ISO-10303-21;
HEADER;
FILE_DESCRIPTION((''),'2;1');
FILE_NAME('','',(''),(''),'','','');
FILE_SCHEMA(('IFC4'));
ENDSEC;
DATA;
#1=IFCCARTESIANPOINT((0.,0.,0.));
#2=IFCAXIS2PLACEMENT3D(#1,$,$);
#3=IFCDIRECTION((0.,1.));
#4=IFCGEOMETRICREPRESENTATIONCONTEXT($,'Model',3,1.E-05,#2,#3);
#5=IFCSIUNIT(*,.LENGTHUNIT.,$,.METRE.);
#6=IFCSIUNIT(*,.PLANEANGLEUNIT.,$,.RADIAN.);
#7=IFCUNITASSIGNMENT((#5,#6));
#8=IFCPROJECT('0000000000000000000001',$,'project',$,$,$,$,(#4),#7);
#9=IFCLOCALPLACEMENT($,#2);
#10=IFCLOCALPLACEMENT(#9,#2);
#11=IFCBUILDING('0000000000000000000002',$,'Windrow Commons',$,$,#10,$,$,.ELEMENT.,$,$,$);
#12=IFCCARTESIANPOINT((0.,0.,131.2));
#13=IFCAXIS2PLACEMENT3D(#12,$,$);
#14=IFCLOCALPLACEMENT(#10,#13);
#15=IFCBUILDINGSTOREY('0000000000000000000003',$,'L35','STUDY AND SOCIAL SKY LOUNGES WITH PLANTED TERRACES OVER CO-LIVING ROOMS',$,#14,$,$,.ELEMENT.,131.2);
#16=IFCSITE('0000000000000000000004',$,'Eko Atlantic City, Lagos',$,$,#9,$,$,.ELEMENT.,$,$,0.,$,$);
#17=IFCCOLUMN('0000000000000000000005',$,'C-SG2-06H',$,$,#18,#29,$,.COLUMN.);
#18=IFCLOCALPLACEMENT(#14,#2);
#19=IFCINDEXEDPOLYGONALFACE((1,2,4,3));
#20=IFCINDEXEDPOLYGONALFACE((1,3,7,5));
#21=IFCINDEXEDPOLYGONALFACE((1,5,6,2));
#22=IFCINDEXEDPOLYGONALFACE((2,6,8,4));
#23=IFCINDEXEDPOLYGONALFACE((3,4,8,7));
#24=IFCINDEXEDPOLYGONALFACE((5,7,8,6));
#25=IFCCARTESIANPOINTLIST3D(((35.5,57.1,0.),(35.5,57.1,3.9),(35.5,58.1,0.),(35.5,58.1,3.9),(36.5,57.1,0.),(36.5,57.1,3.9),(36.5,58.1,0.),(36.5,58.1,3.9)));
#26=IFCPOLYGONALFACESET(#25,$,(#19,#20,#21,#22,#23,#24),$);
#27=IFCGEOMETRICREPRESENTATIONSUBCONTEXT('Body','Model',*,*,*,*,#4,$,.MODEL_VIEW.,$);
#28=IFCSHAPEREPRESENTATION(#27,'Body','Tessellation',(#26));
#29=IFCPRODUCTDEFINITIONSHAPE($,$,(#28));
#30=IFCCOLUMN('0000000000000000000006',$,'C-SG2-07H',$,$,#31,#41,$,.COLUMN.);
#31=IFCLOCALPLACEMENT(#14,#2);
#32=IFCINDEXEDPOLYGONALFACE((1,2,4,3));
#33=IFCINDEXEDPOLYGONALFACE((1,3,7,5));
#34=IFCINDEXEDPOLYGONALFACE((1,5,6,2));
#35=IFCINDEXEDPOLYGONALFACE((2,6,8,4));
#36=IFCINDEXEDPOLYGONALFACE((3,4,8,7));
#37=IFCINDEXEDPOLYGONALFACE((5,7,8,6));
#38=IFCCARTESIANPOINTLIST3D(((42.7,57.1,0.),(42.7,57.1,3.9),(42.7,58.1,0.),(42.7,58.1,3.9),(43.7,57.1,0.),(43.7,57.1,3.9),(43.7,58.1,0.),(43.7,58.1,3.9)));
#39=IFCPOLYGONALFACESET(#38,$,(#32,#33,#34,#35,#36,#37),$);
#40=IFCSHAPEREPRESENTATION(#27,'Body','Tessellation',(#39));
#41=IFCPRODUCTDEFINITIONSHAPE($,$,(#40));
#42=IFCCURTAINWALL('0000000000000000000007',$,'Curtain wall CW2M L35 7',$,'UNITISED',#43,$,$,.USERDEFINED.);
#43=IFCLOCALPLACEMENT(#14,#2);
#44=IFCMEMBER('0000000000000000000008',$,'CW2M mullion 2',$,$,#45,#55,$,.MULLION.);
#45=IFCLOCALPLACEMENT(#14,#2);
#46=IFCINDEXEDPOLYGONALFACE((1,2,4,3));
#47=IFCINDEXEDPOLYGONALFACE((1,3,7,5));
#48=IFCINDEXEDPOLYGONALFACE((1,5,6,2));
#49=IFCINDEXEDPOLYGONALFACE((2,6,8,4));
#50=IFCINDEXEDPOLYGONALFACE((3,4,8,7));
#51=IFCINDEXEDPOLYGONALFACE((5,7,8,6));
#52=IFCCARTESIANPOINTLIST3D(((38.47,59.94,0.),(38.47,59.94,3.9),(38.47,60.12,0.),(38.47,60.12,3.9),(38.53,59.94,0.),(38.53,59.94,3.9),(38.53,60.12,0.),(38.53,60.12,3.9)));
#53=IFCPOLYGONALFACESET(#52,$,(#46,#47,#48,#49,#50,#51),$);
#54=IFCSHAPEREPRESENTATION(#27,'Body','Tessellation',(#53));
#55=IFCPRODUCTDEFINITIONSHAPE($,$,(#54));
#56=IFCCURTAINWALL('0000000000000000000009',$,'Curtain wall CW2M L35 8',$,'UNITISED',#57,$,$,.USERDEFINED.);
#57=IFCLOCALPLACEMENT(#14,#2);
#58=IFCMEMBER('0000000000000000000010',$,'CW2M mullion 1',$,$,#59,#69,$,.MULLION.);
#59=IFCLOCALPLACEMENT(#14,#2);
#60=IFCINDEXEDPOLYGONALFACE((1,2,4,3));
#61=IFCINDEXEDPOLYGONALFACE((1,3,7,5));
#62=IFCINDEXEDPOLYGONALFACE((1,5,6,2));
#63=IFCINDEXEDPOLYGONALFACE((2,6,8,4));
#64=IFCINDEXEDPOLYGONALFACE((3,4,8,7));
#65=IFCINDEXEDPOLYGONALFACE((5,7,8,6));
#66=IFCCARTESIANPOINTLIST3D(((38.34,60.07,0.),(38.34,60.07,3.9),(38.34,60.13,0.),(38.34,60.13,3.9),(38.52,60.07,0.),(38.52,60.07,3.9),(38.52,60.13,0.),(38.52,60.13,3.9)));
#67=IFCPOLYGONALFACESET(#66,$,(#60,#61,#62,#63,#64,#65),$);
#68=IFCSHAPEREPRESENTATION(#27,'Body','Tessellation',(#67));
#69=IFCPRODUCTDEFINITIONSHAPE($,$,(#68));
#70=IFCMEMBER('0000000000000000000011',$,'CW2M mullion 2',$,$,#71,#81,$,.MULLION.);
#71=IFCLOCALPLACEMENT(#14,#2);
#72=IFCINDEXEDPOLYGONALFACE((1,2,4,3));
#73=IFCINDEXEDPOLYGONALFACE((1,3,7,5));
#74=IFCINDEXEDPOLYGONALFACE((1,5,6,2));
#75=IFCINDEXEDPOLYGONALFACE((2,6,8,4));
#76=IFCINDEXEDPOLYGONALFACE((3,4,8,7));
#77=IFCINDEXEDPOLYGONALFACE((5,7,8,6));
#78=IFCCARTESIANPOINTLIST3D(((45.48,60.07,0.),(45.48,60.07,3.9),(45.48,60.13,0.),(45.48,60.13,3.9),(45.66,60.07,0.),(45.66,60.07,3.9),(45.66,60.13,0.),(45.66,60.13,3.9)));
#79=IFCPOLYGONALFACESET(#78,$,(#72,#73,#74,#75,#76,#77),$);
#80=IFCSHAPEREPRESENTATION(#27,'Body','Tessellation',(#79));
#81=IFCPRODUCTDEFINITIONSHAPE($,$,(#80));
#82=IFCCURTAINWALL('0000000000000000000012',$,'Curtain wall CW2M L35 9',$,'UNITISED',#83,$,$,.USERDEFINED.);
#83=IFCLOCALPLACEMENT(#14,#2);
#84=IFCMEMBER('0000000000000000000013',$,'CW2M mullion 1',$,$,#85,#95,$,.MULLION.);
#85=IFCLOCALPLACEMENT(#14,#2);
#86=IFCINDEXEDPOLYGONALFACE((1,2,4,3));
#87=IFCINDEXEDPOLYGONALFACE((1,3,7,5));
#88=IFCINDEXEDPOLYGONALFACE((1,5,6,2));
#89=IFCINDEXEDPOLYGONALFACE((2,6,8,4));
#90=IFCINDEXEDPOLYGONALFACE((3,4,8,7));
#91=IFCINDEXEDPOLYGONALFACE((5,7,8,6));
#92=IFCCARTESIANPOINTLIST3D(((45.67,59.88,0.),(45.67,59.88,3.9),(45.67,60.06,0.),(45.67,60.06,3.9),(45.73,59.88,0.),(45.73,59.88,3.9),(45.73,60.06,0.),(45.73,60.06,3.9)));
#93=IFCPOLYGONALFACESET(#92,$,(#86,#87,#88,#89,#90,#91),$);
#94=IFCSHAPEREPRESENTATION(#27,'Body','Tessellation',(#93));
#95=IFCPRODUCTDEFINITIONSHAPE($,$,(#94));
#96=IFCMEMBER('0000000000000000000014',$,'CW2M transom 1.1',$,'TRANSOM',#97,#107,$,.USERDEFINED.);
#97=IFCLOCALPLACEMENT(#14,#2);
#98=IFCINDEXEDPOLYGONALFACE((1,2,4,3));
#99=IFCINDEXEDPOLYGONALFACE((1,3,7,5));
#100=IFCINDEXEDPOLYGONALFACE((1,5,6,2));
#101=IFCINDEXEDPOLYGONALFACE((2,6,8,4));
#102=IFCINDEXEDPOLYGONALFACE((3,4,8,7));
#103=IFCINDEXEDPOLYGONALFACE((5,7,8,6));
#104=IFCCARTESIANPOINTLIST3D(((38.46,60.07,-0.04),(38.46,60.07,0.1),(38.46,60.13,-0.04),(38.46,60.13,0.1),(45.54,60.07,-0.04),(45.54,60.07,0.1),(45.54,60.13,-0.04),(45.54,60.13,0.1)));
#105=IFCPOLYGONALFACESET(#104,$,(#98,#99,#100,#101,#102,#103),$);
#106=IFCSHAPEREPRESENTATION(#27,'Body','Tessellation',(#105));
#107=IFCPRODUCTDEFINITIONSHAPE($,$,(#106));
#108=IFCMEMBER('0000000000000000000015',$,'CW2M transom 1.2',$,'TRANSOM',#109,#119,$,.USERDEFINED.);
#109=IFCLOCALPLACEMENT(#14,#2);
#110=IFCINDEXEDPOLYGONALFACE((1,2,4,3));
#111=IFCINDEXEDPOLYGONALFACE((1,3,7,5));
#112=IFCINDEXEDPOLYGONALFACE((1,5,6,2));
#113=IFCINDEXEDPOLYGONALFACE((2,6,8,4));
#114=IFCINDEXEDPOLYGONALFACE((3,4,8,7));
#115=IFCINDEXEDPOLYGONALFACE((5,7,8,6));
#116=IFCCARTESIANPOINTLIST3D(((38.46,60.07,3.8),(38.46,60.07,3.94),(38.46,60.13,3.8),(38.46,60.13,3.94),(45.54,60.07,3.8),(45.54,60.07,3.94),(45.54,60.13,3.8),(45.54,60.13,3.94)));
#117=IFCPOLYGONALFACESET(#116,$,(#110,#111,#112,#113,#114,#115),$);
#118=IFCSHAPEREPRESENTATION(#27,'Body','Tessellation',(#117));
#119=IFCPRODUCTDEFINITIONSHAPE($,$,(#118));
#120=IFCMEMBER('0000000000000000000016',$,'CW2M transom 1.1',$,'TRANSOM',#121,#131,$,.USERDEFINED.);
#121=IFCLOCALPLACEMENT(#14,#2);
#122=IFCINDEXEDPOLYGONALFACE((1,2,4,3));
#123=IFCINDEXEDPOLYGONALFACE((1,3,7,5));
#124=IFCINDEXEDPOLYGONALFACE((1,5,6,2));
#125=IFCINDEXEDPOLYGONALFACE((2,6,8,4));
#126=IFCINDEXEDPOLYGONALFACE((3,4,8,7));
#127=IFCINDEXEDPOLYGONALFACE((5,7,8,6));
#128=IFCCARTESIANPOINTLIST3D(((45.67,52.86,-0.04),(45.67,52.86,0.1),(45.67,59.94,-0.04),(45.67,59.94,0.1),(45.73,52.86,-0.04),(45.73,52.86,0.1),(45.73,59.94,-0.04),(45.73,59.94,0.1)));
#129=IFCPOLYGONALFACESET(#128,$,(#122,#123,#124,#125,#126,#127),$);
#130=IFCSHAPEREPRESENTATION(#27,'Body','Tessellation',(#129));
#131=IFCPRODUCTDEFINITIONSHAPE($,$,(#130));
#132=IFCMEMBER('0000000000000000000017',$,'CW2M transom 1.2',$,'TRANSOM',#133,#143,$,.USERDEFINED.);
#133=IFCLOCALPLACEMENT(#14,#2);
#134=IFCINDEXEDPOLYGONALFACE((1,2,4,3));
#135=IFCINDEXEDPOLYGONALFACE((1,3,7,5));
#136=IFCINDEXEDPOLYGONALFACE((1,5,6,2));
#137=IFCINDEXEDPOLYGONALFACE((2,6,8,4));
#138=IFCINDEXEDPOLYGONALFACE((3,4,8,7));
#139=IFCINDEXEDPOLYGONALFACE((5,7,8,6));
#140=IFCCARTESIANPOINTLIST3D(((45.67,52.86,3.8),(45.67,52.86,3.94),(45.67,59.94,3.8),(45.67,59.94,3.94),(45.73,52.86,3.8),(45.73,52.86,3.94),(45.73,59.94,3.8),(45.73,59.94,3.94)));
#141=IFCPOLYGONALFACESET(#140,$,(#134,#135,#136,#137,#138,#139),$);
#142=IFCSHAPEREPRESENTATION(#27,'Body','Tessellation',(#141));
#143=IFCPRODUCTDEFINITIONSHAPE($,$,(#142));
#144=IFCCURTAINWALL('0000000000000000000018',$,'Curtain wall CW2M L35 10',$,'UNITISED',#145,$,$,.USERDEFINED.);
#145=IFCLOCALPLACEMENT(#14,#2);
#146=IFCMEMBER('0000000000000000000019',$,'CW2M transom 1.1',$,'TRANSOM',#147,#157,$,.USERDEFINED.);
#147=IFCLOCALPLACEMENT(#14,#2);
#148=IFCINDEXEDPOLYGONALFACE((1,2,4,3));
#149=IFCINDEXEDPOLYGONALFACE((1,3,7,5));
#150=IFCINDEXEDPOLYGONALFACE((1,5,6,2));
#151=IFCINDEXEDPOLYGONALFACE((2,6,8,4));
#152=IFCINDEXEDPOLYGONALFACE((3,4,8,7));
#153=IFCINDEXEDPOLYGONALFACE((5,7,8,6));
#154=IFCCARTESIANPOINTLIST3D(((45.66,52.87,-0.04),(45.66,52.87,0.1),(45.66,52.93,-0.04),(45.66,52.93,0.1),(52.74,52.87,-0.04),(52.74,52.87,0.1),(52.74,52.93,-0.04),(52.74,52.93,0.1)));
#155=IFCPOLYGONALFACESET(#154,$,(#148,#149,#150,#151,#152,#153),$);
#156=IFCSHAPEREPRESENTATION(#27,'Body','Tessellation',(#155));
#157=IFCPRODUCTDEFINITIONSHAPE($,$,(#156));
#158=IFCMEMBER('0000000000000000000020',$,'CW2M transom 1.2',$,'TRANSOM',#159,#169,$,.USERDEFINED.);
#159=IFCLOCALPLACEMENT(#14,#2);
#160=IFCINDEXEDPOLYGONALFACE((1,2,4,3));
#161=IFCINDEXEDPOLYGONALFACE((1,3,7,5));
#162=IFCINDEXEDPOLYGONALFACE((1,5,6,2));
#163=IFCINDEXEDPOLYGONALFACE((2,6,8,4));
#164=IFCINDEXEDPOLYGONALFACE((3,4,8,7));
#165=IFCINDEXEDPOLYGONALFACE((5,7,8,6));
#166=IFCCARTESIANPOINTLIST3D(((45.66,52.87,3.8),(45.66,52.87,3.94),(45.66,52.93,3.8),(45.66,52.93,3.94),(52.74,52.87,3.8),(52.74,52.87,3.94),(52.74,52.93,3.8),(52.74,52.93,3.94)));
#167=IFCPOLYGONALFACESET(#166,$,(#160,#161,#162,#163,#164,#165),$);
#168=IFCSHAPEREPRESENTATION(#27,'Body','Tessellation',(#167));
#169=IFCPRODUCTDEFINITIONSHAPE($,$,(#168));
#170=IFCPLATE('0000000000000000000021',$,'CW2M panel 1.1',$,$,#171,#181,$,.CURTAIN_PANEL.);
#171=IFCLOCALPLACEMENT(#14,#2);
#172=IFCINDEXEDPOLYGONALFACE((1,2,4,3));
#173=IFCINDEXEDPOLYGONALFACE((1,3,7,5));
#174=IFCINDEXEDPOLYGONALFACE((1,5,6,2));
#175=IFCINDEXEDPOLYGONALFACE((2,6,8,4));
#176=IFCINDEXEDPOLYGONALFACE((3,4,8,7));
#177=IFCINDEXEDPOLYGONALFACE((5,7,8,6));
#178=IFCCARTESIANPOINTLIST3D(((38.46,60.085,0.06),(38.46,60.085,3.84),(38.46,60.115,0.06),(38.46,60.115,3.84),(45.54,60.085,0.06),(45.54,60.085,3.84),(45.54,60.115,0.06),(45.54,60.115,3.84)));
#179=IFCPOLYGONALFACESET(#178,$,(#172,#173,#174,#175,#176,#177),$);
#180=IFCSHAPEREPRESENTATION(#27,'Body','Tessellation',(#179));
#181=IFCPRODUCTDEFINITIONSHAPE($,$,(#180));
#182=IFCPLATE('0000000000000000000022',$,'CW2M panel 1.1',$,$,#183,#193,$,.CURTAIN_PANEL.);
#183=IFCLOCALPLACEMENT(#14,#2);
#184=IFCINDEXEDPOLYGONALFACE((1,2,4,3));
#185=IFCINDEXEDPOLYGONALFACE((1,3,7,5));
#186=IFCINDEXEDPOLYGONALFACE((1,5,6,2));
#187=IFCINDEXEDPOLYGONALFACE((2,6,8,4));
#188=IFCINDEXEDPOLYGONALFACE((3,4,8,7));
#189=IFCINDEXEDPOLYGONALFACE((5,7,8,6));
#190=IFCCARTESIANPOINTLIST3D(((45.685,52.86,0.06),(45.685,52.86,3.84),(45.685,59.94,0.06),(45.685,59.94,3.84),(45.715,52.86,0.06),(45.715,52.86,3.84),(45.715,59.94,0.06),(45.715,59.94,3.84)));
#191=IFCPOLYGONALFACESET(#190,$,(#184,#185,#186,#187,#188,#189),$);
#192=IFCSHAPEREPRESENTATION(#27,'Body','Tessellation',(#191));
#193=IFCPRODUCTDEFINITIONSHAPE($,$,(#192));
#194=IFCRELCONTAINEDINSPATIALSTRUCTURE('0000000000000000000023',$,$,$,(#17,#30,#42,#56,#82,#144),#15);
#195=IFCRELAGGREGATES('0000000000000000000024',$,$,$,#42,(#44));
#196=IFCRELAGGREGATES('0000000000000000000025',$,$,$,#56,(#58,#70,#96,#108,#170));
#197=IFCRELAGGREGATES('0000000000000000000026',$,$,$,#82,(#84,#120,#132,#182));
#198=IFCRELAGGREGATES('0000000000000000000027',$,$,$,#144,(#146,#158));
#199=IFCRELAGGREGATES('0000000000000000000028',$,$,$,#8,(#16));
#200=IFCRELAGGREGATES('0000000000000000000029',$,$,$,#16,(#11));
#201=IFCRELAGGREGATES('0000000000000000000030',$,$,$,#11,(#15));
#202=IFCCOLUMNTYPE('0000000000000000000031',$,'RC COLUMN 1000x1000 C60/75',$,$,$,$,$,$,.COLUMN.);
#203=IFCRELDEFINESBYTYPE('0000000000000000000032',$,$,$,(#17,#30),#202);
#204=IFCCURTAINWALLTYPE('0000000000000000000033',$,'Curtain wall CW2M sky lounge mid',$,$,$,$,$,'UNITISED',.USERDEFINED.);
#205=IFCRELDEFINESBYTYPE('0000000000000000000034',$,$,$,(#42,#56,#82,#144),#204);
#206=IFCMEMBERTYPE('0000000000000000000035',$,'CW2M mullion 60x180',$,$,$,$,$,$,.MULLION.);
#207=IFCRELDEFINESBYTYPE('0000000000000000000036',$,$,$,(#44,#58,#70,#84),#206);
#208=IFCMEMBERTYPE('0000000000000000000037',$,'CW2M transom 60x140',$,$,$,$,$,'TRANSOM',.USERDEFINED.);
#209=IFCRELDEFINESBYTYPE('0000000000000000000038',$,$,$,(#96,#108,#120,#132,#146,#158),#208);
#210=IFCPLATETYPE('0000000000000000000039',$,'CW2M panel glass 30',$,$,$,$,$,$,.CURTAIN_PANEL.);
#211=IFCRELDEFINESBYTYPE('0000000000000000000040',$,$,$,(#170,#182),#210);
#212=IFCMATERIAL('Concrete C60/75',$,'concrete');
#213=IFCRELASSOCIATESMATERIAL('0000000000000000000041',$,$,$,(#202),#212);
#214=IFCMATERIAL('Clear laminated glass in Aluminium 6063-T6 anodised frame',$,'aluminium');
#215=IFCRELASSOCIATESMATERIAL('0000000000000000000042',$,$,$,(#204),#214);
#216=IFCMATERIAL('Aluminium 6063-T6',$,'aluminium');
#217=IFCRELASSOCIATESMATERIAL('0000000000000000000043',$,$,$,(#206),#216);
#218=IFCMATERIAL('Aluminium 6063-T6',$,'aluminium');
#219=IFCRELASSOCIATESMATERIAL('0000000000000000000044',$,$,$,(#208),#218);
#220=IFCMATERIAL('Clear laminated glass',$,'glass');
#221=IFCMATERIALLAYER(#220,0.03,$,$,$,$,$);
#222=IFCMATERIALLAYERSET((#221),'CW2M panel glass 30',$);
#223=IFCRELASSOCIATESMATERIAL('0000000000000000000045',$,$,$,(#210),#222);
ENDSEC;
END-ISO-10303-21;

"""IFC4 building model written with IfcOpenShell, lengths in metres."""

from ifc_helpers import new_model, si_unit, direction, frame, origin, origin_2d, place, context, subcontext, project, spatial, rectangle, extrude, material, layer, layer_set, material_profile, profile_set, type_object, element, aggregate, save


model = new_model("IFC4")

# Units and contexts
model_context = context("Model", 3, precision=1e-05, world=origin(), true_north=direction((0.0, 1.0)))
body_context = subcontext(model_context, "Body", "Model", "MODEL_VIEW")
ifc_project = project(units=[si_unit("LENGTHUNIT", "METRE"), si_unit("PLANEANGLEUNIT", "RADIAN")], contexts=[model_context])

# Site, building, storey
site_placement = place(None, origin())
site = spatial("IfcSite", under=ifc_project, at=site_placement, Name="Eko Atlantic City, Lagos", CompositionType="ELEMENT", RefElevation=0.0)
building_placement = place(site_placement, origin())
building = spatial("IfcBuilding", under=site, at=building_placement, Name="Windrow Commons", CompositionType="ELEMENT")
storey_placement = place(building_placement, frame((0.0, 0.0, 131.2)))
storey = spatial("IfcBuildingStorey", under=building, at=storey_placement, Name="L35", Description="STUDY AND SOCIAL SKY LOUNGES WITH PLANTED TERRACES OVER CO-LIVING ROOMS", CompositionType="ELEMENT", Elevation=131.2)

# Columns
ifc_material_1 = material(Name="Concrete C60/75", Category="concrete")
ifc_material_profile_1 = material_profile(ifc_material_1, rectangle(XDim=1.0, YDim=1.0, at=origin_2d()))
ifc_profile_set_1 = profile_set([ifc_material_profile_1], Name="Concrete C60/75")
column_type = type_object("IfcColumnType", Name="RC COLUMN 1000x1000 C60/75", PredefinedType="COLUMN", material=ifc_profile_set_1)
for number, where, z_axis, x_axis, name in (
    (1, (36.0, 57.6, 0.0), (0.0, 0.0, 1.0), (1.0, 0.0, 0.0), "C-SG2-06H"),
    (2, (43.2, 57.6, 0.0), (0.0, 0.0, 1.0), (1.0, 0.0, 0.0), "C-SG2-07H"),
):
    element("IfcColumn", number, at=place(storey_placement, frame(where, z_axis=z_axis, x_axis=x_axis)), inside=storey, type_object=column_type, Name=name, PredefinedType="COLUMN", context=body_context, shape_type="SweptSolid", body=[
        extrude(rectangle(XDim=1.0, YDim=1.0, at=origin_2d()), origin(), (0.0, 0.0, 1.0), 3.9),
    ])

# Curtain wall, member
ifc_material_2 = material(Name="Clear laminated glass in Aluminium 6063-T6 anodised frame", Category="aluminium")
curtain_wall_type = type_object("IfcCurtainWallType", Name="Curtain wall CW2M sky lounge mid", ElementType="UNITISED", PredefinedType="USERDEFINED", material=ifc_material_2)
placement = place(storey_placement, origin())
curtain_wall_1 = element("IfcCurtainWall", 3, at=placement, inside=storey, type_object=curtain_wall_type, Name="Curtain wall CW2M L35 7", ObjectType="UNITISED", PredefinedType="USERDEFINED")
ifc_material_3 = material(Name="Aluminium 6063-T6", Category="aluminium")
ifc_material_profile_2 = material_profile(ifc_material_3, rectangle(XDim=0.06, YDim=0.18, at=origin_2d()))
ifc_profile_set_2 = profile_set([ifc_material_profile_2], Name="Aluminium 6063-T6")
member_type_1 = type_object("IfcMemberType", Name="CW2M mullion 60x180", PredefinedType="MULLION", material=ifc_profile_set_2)
member_1_placement = place(storey_placement, frame((38.5, 60.03, 0.0), z_axis=(0.0, 0.0, 1.0), x_axis=(1.0, 0.0, 0.0)))
member_1 = element("IfcMember", 4, at=member_1_placement, type_object=member_type_1, Name="CW2M mullion 2", PredefinedType="MULLION", context=body_context, shape_type="SweptSolid", body=[
    extrude(rectangle(XDim=0.06, YDim=0.18, at=origin_2d()), origin(), (0.0, 0.0, 1.0), 3.9),
])
aggregate(curtain_wall_1, [member_1])

# Curtain wall, members
curtain_wall_2 = element("IfcCurtainWall", 5, at=placement, inside=storey, type_object=curtain_wall_type, Name="Curtain wall CW2M L35 8", ObjectType="UNITISED", PredefinedType="USERDEFINED")
member_2_placement = place(storey_placement, frame((38.43, 60.1, 0.0), z_axis=(0.0, 0.0, 1.0), x_axis=(0.0, 1.0, 0.0)))
member_2 = element("IfcMember", 6, at=member_2_placement, type_object=member_type_1, Name="CW2M mullion 1", PredefinedType="MULLION", context=body_context, shape_type="SweptSolid", body=[
    extrude(rectangle(XDim=0.06, YDim=0.18, at=origin_2d()), origin(), (0.0, 0.0, 1.0), 3.9),
])
member_3_placement = place(storey_placement, frame((45.57, 60.1, 0.0), z_axis=(0.0, 0.0, 1.0), x_axis=(0.0, 1.0, 0.0)))
member_3 = element("IfcMember", 7, at=member_3_placement, type_object=member_type_1, Name="CW2M mullion 2", PredefinedType="MULLION", context=body_context, shape_type="SweptSolid", body=[
    extrude(rectangle(XDim=0.06, YDim=0.18, at=origin_2d()), origin(), (0.0, 0.0, 1.0), 3.9),
])

# Curtain wall, member
curtain_wall_3 = element("IfcCurtainWall", 8, at=placement, inside=storey, type_object=curtain_wall_type, Name="Curtain wall CW2M L35 9", ObjectType="UNITISED", PredefinedType="USERDEFINED")
member_4_placement = place(storey_placement, frame((45.7, 59.97, 0.0), z_axis=(0.0, 0.0, 1.0), x_axis=(1.0, 0.0, 0.0)))
member_4 = element("IfcMember", 9, at=member_4_placement, type_object=member_type_1, Name="CW2M mullion 1", PredefinedType="MULLION", context=body_context, shape_type="SweptSolid", body=[
    extrude(rectangle(XDim=0.06, YDim=0.18, at=origin_2d()), origin(), (0.0, 0.0, 1.0), 3.9),
])

# Members
ifc_material_4 = material(Name="Aluminium 6063-T6", Category="aluminium")
ifc_material_profile_3 = material_profile(ifc_material_4, rectangle(XDim=0.06, YDim=0.14, at=origin_2d()))
ifc_profile_set_3 = profile_set([ifc_material_profile_3], Name="Aluminium 6063-T6")
member_type_2 = type_object("IfcMemberType", Name="CW2M transom 60x140", ElementType="TRANSOM", PredefinedType="USERDEFINED", material=ifc_profile_set_3)
member_5_placement = place(storey_placement, frame((38.46, 60.1, 0.03), z_axis=(1.0, 0.0, 0.0), x_axis=(0.0, 1.0, 0.0)))
member_5 = element("IfcMember", 10, at=member_5_placement, type_object=member_type_2, Name="CW2M transom 1.1", ObjectType="TRANSOM", PredefinedType="USERDEFINED", context=body_context, shape_type="SweptSolid", body=[
    extrude(rectangle(XDim=0.06, YDim=0.14, at=origin_2d()), origin(), (0.0, 0.0, 1.0), 7.08),
])
member_6_placement = place(storey_placement, frame((38.46, 60.1, 3.87), z_axis=(1.0, 0.0, 0.0), x_axis=(0.0, 1.0, 0.0)))
member_6 = element("IfcMember", 11, at=member_6_placement, type_object=member_type_2, Name="CW2M transom 1.2", ObjectType="TRANSOM", PredefinedType="USERDEFINED", context=body_context, shape_type="SweptSolid", body=[
    extrude(rectangle(XDim=0.06, YDim=0.14, at=origin_2d()), origin(), (0.0, 0.0, 1.0), 7.08),
])
member_7_placement = place(storey_placement, frame((45.7, 59.94, 0.03), z_axis=(0.0, -1.0, 0.0), x_axis=(1.0, 0.0, 0.0)))
member_7 = element("IfcMember", 12, at=member_7_placement, type_object=member_type_2, Name="CW2M transom 1.1", ObjectType="TRANSOM", PredefinedType="USERDEFINED", context=body_context, shape_type="SweptSolid", body=[
    extrude(rectangle(XDim=0.06, YDim=0.14, at=origin_2d()), origin(), (0.0, 0.0, 1.0), 7.08),
])
member_8_placement = place(storey_placement, frame((45.7, 59.94, 3.87), z_axis=(0.0, -1.0, 0.0), x_axis=(1.0, 0.0, 0.0)))
member_8 = element("IfcMember", 13, at=member_8_placement, type_object=member_type_2, Name="CW2M transom 1.2", ObjectType="TRANSOM", PredefinedType="USERDEFINED", context=body_context, shape_type="SweptSolid", body=[
    extrude(rectangle(XDim=0.06, YDim=0.14, at=origin_2d()), origin(), (0.0, 0.0, 1.0), 7.08),
])

# Curtain wall, members
curtain_wall_4 = element("IfcCurtainWall", 14, at=placement, inside=storey, type_object=curtain_wall_type, Name="Curtain wall CW2M L35 10", ObjectType="UNITISED", PredefinedType="USERDEFINED")
member_9_placement = place(storey_placement, frame((45.66, 52.9, 0.03), z_axis=(1.0, 0.0, 0.0), x_axis=(0.0, 1.0, 0.0)))
member_9 = element("IfcMember", 15, at=member_9_placement, type_object=member_type_2, Name="CW2M transom 1.1", ObjectType="TRANSOM", PredefinedType="USERDEFINED", context=body_context, shape_type="SweptSolid", body=[
    extrude(rectangle(XDim=0.06, YDim=0.14, at=origin_2d()), origin(), (0.0, 0.0, 1.0), 7.08),
])
member_10_placement = place(storey_placement, frame((45.66, 52.9, 3.87), z_axis=(1.0, 0.0, 0.0), x_axis=(0.0, 1.0, 0.0)))
member_10 = element("IfcMember", 16, at=member_10_placement, type_object=member_type_2, Name="CW2M transom 1.2", ObjectType="TRANSOM", PredefinedType="USERDEFINED", context=body_context, shape_type="SweptSolid", body=[
    extrude(rectangle(XDim=0.06, YDim=0.14, at=origin_2d()), origin(), (0.0, 0.0, 1.0), 7.08),
])

# Plates
ifc_material_5 = material(Name="Clear laminated glass", Category="glass")
ifc_layer_1 = layer(ifc_material_5, 0.03)
ifc_layer_set_1 = layer_set([ifc_layer_1], Name="CW2M panel glass 30")
plate_type = type_object("IfcPlateType", Name="CW2M panel glass 30", PredefinedType="CURTAIN_PANEL", material=ifc_layer_set_1)
plate_1_placement = place(storey_placement, frame((42.0, 60.1, 0.06), z_axis=(0.0, 0.0, 1.0), x_axis=(1.0, 0.0, 0.0)))
plate_1 = element("IfcPlate", 17, at=plate_1_placement, type_object=plate_type, Name="CW2M panel 1.1", PredefinedType="CURTAIN_PANEL", context=body_context, shape_type="SweptSolid", body=[
    extrude(rectangle(XDim=7.08, YDim=0.03, at=origin_2d()), origin(), (0.0, 0.0, 1.0), 3.78),
])
aggregate(curtain_wall_2, [member_2, member_3, member_5, member_6, plate_1])
plate_2_placement = place(storey_placement, frame((45.7, 56.4, 0.06), z_axis=(0.0, 0.0, 1.0), x_axis=(0.0, -1.0, 0.0)))
plate_2 = element("IfcPlate", 18, at=plate_2_placement, type_object=plate_type, Name="CW2M panel 1.1", PredefinedType="CURTAIN_PANEL", context=body_context, shape_type="SweptSolid", body=[
    extrude(rectangle(XDim=7.08, YDim=0.03, at=origin_2d()), origin(), (0.0, 0.0, 1.0), 3.78),
])
aggregate(curtain_wall_3, [member_4, member_7, member_8, plate_2])
aggregate(curtain_wall_4, [member_9, member_10])

save(model, "model.ifc")
